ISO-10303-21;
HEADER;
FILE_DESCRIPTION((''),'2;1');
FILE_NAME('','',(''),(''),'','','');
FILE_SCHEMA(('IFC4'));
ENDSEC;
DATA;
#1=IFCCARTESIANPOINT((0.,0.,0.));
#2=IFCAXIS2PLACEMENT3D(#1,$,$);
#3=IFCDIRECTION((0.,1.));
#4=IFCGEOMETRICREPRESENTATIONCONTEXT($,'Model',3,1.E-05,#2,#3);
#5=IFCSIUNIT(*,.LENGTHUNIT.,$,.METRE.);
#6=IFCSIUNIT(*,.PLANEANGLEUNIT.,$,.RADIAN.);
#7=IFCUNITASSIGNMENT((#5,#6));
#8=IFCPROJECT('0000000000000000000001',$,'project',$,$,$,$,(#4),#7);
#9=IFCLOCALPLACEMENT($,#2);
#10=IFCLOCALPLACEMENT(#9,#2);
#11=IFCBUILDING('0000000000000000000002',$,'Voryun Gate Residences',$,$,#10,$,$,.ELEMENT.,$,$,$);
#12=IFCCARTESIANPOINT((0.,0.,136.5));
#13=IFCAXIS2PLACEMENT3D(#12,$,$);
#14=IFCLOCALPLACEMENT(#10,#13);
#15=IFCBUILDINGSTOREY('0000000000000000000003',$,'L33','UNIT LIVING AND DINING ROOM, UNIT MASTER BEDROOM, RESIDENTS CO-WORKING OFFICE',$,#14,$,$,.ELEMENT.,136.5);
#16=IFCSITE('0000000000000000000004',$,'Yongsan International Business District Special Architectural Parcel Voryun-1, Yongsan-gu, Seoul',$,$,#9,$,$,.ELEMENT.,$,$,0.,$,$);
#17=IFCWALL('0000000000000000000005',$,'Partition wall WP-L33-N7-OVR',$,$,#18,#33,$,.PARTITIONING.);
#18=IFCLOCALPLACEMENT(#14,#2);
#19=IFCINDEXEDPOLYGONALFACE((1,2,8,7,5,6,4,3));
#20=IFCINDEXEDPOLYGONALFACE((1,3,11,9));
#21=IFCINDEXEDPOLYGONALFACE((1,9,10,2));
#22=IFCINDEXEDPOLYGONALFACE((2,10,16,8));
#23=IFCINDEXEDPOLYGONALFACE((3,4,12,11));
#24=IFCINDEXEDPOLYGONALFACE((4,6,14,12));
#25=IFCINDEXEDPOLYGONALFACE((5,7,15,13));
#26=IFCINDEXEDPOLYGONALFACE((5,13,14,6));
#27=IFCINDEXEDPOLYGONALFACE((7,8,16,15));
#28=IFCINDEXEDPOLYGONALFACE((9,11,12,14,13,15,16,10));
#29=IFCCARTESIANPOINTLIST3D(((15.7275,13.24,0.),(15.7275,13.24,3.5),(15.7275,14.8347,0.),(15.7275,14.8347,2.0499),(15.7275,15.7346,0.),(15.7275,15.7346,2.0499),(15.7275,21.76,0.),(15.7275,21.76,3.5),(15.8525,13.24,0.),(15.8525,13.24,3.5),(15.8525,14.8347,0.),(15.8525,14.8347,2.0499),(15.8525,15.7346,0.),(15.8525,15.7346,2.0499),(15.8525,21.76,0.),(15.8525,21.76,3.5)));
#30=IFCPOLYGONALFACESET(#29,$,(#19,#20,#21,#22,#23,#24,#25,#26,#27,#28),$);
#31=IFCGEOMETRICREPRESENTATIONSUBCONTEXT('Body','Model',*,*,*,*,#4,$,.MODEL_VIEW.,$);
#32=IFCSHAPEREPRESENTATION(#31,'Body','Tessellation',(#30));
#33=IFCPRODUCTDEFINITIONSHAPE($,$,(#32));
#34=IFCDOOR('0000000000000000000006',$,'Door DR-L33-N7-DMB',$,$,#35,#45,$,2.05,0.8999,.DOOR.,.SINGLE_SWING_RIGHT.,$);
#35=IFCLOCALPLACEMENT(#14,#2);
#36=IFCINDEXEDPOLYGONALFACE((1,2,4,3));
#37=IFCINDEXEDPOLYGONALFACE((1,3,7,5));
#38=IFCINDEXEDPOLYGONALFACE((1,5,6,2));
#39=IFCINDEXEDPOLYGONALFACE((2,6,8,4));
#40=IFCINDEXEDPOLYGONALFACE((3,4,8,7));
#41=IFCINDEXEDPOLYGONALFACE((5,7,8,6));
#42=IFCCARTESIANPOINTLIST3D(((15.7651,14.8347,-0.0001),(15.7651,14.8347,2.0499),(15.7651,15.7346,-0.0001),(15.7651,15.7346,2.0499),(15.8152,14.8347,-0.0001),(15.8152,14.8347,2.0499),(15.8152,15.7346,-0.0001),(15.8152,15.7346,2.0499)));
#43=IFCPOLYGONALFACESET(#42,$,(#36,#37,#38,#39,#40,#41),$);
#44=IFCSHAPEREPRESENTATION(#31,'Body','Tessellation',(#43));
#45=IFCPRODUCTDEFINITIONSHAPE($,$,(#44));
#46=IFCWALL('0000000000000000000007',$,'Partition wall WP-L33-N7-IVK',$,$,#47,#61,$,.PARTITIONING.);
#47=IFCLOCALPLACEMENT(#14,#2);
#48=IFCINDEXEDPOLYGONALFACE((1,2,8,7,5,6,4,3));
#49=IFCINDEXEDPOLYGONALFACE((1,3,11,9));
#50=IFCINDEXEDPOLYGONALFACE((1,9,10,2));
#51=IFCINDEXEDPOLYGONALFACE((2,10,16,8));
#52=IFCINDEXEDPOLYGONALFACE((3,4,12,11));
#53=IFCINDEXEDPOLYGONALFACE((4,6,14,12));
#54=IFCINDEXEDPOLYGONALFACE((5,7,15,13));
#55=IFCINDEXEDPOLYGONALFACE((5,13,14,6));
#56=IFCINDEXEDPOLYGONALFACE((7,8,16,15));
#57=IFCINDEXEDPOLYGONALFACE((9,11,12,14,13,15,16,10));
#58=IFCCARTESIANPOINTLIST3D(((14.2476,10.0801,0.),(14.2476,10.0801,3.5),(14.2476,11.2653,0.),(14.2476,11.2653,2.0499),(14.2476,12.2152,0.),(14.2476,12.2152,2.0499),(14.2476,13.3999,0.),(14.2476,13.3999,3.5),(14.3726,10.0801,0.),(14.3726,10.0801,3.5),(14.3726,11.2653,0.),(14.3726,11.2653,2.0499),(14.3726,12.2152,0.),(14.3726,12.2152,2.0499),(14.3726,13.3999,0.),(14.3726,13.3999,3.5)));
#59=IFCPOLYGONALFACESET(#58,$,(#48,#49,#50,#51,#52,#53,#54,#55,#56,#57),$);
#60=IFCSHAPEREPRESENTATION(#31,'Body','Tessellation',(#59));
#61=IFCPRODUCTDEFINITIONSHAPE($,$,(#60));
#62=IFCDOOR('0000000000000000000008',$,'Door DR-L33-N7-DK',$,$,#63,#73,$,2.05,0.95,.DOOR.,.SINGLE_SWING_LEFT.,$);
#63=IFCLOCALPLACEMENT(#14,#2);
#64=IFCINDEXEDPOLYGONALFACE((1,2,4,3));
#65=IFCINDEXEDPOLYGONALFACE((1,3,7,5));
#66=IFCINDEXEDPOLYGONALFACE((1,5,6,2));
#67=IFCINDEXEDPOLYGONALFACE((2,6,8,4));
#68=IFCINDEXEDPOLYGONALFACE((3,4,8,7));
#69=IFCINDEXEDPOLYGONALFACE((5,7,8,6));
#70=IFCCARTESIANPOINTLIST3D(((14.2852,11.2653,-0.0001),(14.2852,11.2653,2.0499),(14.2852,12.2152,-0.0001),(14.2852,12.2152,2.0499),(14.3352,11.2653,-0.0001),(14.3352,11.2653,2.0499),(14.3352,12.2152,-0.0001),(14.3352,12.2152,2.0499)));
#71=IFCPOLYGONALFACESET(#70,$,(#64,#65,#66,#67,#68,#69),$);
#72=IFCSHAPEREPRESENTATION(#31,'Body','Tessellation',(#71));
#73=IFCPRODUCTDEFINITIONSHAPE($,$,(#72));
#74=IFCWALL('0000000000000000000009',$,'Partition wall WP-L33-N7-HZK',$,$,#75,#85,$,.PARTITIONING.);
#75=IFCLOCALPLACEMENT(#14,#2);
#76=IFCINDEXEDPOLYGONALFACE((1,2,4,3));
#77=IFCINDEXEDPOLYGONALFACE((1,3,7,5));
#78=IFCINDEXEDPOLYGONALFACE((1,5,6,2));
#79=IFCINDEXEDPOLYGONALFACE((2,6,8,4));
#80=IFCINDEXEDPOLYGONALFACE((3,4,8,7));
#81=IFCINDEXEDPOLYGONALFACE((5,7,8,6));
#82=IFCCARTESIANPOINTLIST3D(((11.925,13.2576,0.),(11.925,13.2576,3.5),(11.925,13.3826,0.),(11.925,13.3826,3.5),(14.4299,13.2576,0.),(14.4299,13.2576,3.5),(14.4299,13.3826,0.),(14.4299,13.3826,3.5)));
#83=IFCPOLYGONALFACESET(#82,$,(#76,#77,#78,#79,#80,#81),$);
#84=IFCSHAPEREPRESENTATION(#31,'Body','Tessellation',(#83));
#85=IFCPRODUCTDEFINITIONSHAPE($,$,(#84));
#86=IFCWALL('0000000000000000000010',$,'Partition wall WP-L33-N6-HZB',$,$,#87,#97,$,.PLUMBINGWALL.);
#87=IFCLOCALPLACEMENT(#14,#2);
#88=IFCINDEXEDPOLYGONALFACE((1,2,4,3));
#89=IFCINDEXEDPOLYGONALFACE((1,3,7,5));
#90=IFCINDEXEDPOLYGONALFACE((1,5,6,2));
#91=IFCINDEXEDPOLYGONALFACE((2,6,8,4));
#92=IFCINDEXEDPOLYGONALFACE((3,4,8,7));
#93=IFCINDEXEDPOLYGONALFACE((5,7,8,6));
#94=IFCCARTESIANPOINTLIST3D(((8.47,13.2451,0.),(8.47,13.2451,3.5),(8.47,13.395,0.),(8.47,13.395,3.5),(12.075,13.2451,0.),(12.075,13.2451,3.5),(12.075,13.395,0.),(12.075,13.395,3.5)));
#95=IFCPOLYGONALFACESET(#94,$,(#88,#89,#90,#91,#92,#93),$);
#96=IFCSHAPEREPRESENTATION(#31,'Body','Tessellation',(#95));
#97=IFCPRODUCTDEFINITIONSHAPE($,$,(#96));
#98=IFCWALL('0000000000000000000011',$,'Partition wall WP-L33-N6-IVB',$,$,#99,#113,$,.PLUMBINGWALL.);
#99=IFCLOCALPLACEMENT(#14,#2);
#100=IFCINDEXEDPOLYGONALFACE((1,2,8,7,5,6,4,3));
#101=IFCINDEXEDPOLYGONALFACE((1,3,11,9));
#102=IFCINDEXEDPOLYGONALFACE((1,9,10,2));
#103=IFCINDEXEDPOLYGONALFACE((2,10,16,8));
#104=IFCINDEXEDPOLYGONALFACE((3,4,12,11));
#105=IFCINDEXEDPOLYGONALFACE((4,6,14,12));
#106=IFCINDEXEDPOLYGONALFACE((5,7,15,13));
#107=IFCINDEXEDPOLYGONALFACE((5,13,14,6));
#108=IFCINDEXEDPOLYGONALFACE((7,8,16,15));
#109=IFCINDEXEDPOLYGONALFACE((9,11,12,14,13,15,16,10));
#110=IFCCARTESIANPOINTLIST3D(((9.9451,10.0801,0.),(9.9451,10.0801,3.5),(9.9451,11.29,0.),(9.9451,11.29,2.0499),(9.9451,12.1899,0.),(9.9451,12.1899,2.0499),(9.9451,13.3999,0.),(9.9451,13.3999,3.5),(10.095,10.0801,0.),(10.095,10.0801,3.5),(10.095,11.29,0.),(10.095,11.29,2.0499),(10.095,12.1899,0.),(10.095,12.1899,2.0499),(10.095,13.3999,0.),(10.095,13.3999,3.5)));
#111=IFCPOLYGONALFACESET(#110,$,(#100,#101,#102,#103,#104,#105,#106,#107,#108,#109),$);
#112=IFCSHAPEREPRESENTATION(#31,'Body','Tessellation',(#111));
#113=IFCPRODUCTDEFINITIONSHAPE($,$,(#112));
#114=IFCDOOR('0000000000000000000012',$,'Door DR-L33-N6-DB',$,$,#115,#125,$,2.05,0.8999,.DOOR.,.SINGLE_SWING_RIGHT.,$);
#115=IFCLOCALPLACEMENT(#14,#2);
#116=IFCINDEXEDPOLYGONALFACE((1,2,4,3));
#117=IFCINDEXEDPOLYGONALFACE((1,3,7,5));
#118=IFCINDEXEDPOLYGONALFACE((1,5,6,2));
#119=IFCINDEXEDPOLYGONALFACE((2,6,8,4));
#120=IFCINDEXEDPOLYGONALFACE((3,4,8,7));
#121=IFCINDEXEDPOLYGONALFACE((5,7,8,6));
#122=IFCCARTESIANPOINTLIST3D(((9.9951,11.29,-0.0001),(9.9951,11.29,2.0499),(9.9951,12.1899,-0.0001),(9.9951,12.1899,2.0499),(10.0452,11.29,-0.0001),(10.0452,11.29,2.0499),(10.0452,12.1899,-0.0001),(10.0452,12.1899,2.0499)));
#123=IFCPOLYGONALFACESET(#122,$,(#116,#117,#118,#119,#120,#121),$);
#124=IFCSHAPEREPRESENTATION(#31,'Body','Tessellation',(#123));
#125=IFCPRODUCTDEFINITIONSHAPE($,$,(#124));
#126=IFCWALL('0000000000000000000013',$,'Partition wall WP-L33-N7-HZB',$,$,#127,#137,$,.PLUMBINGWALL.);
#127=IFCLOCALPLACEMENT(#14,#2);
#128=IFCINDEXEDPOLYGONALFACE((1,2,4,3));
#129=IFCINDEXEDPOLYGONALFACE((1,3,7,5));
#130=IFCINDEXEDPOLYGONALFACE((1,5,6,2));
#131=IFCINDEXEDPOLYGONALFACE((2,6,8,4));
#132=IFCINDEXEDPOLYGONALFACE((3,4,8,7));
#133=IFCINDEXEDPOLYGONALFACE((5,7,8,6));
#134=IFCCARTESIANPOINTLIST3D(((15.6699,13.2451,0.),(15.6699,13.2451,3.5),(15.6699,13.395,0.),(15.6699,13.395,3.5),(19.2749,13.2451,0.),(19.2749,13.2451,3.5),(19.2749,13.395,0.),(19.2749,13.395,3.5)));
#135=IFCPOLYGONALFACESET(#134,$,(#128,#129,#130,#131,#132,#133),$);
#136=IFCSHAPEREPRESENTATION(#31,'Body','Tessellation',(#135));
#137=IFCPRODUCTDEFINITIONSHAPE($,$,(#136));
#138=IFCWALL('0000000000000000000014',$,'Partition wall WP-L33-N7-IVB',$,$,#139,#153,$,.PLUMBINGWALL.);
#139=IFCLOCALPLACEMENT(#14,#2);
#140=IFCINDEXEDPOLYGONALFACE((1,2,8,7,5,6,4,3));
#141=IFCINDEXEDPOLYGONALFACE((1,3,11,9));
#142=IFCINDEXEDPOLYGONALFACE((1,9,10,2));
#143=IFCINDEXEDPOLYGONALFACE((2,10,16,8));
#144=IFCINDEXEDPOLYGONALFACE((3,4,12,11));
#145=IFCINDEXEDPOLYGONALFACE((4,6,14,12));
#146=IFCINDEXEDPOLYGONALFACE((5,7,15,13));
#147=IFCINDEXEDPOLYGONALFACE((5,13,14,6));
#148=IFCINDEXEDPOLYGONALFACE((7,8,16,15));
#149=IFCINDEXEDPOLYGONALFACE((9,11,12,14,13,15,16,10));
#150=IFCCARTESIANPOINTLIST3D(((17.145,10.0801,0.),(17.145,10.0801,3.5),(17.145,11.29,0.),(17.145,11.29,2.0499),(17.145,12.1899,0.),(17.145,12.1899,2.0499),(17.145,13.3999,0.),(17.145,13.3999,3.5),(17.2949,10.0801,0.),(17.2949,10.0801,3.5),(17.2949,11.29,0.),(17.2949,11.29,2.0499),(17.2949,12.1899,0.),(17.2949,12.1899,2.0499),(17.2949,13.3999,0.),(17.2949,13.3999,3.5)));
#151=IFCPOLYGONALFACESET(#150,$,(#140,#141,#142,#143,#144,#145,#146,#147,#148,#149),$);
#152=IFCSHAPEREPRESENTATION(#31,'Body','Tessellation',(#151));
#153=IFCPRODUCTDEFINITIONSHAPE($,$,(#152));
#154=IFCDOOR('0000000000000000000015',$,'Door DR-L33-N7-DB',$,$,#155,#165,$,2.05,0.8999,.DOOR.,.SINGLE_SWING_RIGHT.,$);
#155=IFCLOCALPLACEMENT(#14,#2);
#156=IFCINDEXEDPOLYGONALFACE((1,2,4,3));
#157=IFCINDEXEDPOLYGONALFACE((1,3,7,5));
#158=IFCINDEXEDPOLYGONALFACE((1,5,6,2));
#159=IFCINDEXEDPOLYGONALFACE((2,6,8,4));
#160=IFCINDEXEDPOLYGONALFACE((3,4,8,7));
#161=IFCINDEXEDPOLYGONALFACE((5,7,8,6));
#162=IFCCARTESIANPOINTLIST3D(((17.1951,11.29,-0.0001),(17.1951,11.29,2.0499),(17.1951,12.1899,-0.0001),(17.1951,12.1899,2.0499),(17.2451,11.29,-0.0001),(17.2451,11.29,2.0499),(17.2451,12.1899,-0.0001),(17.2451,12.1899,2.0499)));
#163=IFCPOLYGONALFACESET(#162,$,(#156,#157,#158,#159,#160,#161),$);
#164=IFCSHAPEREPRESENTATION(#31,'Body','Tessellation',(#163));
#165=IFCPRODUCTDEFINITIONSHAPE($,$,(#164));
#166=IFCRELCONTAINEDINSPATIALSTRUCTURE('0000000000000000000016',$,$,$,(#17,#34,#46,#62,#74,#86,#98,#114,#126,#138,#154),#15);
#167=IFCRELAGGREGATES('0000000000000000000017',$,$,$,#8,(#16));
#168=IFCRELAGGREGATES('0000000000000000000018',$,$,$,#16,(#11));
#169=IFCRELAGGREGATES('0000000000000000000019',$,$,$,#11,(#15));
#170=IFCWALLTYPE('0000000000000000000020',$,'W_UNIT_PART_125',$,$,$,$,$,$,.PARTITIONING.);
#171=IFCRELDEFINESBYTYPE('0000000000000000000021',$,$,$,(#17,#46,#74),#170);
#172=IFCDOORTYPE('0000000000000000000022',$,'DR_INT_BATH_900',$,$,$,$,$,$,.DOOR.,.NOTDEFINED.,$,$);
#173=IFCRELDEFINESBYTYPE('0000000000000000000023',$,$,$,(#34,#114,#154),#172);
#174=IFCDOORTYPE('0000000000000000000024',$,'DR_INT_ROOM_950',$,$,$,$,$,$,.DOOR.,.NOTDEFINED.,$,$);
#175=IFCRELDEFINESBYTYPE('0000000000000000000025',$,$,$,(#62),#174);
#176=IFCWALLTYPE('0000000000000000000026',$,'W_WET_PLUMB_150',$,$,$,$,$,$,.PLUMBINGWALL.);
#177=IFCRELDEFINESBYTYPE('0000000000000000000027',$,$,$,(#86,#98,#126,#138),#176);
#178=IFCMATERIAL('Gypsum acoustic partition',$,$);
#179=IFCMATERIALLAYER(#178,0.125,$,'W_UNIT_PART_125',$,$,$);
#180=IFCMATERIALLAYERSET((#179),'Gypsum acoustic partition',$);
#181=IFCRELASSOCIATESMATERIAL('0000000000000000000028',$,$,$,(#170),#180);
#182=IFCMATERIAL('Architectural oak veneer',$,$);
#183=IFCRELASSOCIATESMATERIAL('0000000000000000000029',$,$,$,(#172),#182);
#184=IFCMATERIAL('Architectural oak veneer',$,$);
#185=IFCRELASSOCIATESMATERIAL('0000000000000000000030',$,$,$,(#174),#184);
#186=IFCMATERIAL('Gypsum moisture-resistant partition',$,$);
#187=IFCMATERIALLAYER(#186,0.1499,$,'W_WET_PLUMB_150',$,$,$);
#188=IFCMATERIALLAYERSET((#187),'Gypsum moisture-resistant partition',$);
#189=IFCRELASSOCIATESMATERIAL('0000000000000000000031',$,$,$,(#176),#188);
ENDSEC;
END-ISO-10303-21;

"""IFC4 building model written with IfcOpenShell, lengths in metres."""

from ifc_helpers import new_model, si_unit, direction, frame, frame_2d, origin, place, context, subcontext, project, spatial, rectangle, extrude, material, layer, layer_set, type_object, element, fill, save


model = new_model("IFC4")

# Units and contexts
model_context = context("Model", 3, precision=1e-05, world=origin(), true_north=direction((0.0, 1.0)))
body_context = subcontext(model_context, "Body", "Model", "MODEL_VIEW")
ifc_project = project(units=[si_unit("LENGTHUNIT", "METRE"), si_unit("PLANEANGLEUNIT", "RADIAN")], contexts=[model_context])

# Site, building, storey
site_placement = place(None, origin())
site = spatial("IfcSite", under=ifc_project, at=site_placement, Name="Yongsan International Business District Special Architectural Parcel Voryun-1, Yongsan-gu, Seoul", CompositionType="ELEMENT", RefElevation=0.0)
building_placement = place(site_placement, origin())
building = spatial("IfcBuilding", under=site, at=building_placement, Name="Voryun Gate Residences", CompositionType="ELEMENT")
storey_placement = place(building_placement, frame((0.0, 0.0, 136.5)))
storey = spatial("IfcBuildingStorey", under=building, at=storey_placement, Name="L33", Description="UNIT LIVING AND DINING ROOM, UNIT MASTER BEDROOM, RESIDENTS CO-WORKING OFFICE", CompositionType="ELEMENT", Elevation=136.5)

# Walls, openings, doors
ifc_material_1 = material(Name="Gypsum acoustic partition")
ifc_layer_1 = layer(ifc_material_1, 0.125, Name="W_UNIT_PART_125")
ifc_layer_set_1 = layer_set([ifc_layer_1], Name="Gypsum acoustic partition")
wall_type_1 = type_object("IfcWallType", Name="W_UNIT_PART_125", PredefinedType="PARTITIONING", material=ifc_layer_set_1)
ifc_material_2 = material(Name="Architectural oak veneer")
door_type_1 = type_object("IfcDoorType", Name="DR_INT_BATH_900", OperationType="NOTDEFINED", PredefinedType="DOOR", material=ifc_material_2)
wall_1_placement = place(storey_placement, frame((15.79, 13.24, 0.0), z_axis=(0.0, 0.0, 1.0), x_axis=(0.0, 1.0, 0.0)))
wall_1 = element("IfcWall", 1, at=wall_1_placement, inside=storey, type_object=wall_type_1, Name="Partition wall WP-L33-N7-OVR", PredefinedType="PARTITIONING", context=body_context, shape_type="SweptSolid", body=[
    extrude(rectangle(XDim=8.52, YDim=0.125, at=frame_2d((4.26, 0.0))), origin(), (0.0, 0.0, 1.0), 3.5),
])
opening_1_placement = place(wall_1_placement, frame((1.5947, 0.0, 0.0)))
opening_1 = element("IfcOpeningElement", 2, at=opening_1_placement, cuts=wall_1, PredefinedType="OPENING", context=body_context, shape_type="SweptSolid", body=[
    extrude(rectangle(XDim=0.8999, YDim=2.05, at=frame_2d((0.45, 1.0249))), frame((0.0, 0.0725, 0.0), z_axis=(0.0, -1.0, 0.0), x_axis=(1.0, 0.0, 0.0)), (0.0, 0.0, 1.0), 0.145),
])
door_1_placement = place(opening_1_placement, origin())
door_1 = element("IfcDoor", 3, at=door_1_placement, inside=storey, type_object=door_type_1, Name="Door DR-L33-N7-DMB", OperationType="SINGLE_SWING_RIGHT", OverallHeight=2.05, OverallWidth=0.8999, PredefinedType="DOOR", context=body_context, shape_type="SweptSolid", body=[
    extrude(rectangle(XDim=0.8999, YDim=2.05, at=frame_2d((0.45, 1.0249))), frame((0.0, 0.0249, 0.0), z_axis=(0.0, -1.0, 0.0), x_axis=(1.0, 0.0, 0.0)), (0.0, 0.0, 1.0), 0.05),
])
fill(opening_1, door_1)
wall_2_placement = place(storey_placement, frame((14.3101, 10.0801, 0.0), z_axis=(0.0, 0.0, 1.0), x_axis=(0.0, 1.0, 0.0)))
wall_2 = element("IfcWall", 4, at=wall_2_placement, inside=storey, type_object=wall_type_1, Name="Partition wall WP-L33-N7-IVK", PredefinedType="PARTITIONING", context=body_context, shape_type="SweptSolid", body=[
    extrude(rectangle(XDim=3.3198, YDim=0.125, at=frame_2d((1.6599, 0.0))), origin(), (0.0, 0.0, 1.0), 3.5),
])
opening_2_placement = place(wall_2_placement, frame((1.1851, 0.0, 0.0)))
opening_2 = element("IfcOpeningElement", 5, at=opening_2_placement, cuts=wall_2, PredefinedType="OPENING", context=body_context, shape_type="SweptSolid", body=[
    extrude(rectangle(XDim=0.95, YDim=2.05, at=frame_2d((0.4751, 1.0249))), frame((0.0, 0.0725, 0.0), z_axis=(0.0, -1.0, 0.0), x_axis=(1.0, 0.0, 0.0)), (0.0, 0.0, 1.0), 0.145),
])
ifc_material_3 = material(Name="Architectural oak veneer")
door_type_2 = type_object("IfcDoorType", Name="DR_INT_ROOM_950", OperationType="NOTDEFINED", PredefinedType="DOOR", material=ifc_material_3)
door_2_placement = place(opening_2_placement, origin())
door_2 = element("IfcDoor", 6, at=door_2_placement, inside=storey, type_object=door_type_2, Name="Door DR-L33-N7-DK", OperationType="SINGLE_SWING_LEFT", OverallHeight=2.05, OverallWidth=0.95, PredefinedType="DOOR", context=body_context, shape_type="SweptSolid", body=[
    extrude(rectangle(XDim=0.95, YDim=2.05, at=frame_2d((0.4751, 1.0249))), frame((0.0, 0.0249, 0.0), z_axis=(0.0, -1.0, 0.0), x_axis=(1.0, 0.0, 0.0)), (0.0, 0.0, 1.0), 0.05),
])
fill(opening_2, door_2)

# Walls
wall_3_placement = place(storey_placement, frame((11.925, 13.3201, 0.0), z_axis=(0.0, 0.0, 1.0), x_axis=(1.0, 0.0, 0.0)))
element("IfcWall", 7, at=wall_3_placement, inside=storey, type_object=wall_type_1, Name="Partition wall WP-L33-N7-HZK", PredefinedType="PARTITIONING", context=body_context, shape_type="SweptSolid", body=[
    extrude(rectangle(XDim=2.5049, YDim=0.125, at=frame_2d((1.2524, 0.0))), origin(), (0.0, 0.0, 1.0), 3.5),
])
ifc_material_4 = material(Name="Gypsum moisture-resistant partition")
ifc_layer_2 = layer(ifc_material_4, 0.1499, Name="W_WET_PLUMB_150")
ifc_layer_set_2 = layer_set([ifc_layer_2], Name="Gypsum moisture-resistant partition")
wall_type_2 = type_object("IfcWallType", Name="W_WET_PLUMB_150", PredefinedType="PLUMBINGWALL", material=ifc_layer_set_2)
wall_4_placement = place(storey_placement, frame((8.47, 13.3201, 0.0), z_axis=(0.0, 0.0, 1.0), x_axis=(1.0, 0.0, 0.0)))
element("IfcWall", 8, at=wall_4_placement, inside=storey, type_object=wall_type_2, Name="Partition wall WP-L33-N6-HZB", PredefinedType="PLUMBINGWALL", context=body_context, shape_type="SweptSolid", body=[
    extrude(rectangle(XDim=3.605, YDim=0.1499, at=frame_2d((1.8025, 0.0))), origin(), (0.0, 0.0, 1.0), 3.5),
])

# Wall, opening, door
wall_5_placement = place(storey_placement, frame((10.02, 10.0801, 0.0), z_axis=(0.0, 0.0, 1.0), x_axis=(0.0, 1.0, 0.0)))
wall_5 = element("IfcWall", 9, at=wall_5_placement, inside=storey, type_object=wall_type_2, Name="Partition wall WP-L33-N6-IVB", PredefinedType="PLUMBINGWALL", context=body_context, shape_type="SweptSolid", body=[
    extrude(rectangle(XDim=3.3198, YDim=0.1499, at=frame_2d((1.6599, 0.0))), origin(), (0.0, 0.0, 1.0), 3.5),
])
opening_3_placement = place(wall_5_placement, frame((1.21, 0.0, 0.0)))
opening_3 = element("IfcOpeningElement", 10, at=opening_3_placement, cuts=wall_5, PredefinedType="OPENING", context=body_context, shape_type="SweptSolid", body=[
    extrude(rectangle(XDim=0.8999, YDim=2.05, at=frame_2d((0.45, 1.0249))), frame((0.0, 0.085, 0.0), z_axis=(0.0, -1.0, 0.0), x_axis=(1.0, 0.0, 0.0)), (0.0, 0.0, 1.0), 0.1699),
])
door_3_placement = place(opening_3_placement, origin())
door_3 = element("IfcDoor", 11, at=door_3_placement, inside=storey, type_object=door_type_1, Name="Door DR-L33-N6-DB", OperationType="SINGLE_SWING_RIGHT", OverallHeight=2.05, OverallWidth=0.8999, PredefinedType="DOOR", context=body_context, shape_type="SweptSolid", body=[
    extrude(rectangle(XDim=0.8999, YDim=2.05, at=frame_2d((0.45, 1.0249))), frame((0.0, 0.0249, 0.0), z_axis=(0.0, -1.0, 0.0), x_axis=(1.0, 0.0, 0.0)), (0.0, 0.0, 1.0), 0.05),
])
fill(opening_3, door_3)

# Wall
wall_6_placement = place(storey_placement, frame((15.6699, 13.3201, 0.0), z_axis=(0.0, 0.0, 1.0), x_axis=(1.0, 0.0, 0.0)))
element("IfcWall", 12, at=wall_6_placement, inside=storey, type_object=wall_type_2, Name="Partition wall WP-L33-N7-HZB", PredefinedType="PLUMBINGWALL", context=body_context, shape_type="SweptSolid", body=[
    extrude(rectangle(XDim=3.605, YDim=0.1499, at=frame_2d((1.8025, 0.0))), origin(), (0.0, 0.0, 1.0), 3.5),
])

# Wall, opening, door
wall_7_placement = place(storey_placement, frame((17.22, 10.0801, 0.0), z_axis=(0.0, 0.0, 1.0), x_axis=(0.0, 1.0, 0.0)))
wall_7 = element("IfcWall", 13, at=wall_7_placement, inside=storey, type_object=wall_type_2, Name="Partition wall WP-L33-N7-IVB", PredefinedType="PLUMBINGWALL", context=body_context, shape_type="SweptSolid", body=[
    extrude(rectangle(XDim=3.3198, YDim=0.1499, at=frame_2d((1.6599, 0.0))), origin(), (0.0, 0.0, 1.0), 3.5),
])
opening_4_placement = place(wall_7_placement, frame((1.21, 0.0, 0.0)))
opening_4 = element("IfcOpeningElement", 14, at=opening_4_placement, cuts=wall_7, PredefinedType="OPENING", context=body_context, shape_type="SweptSolid", body=[
    extrude(rectangle(XDim=0.8999, YDim=2.05, at=frame_2d((0.45, 1.0249))), frame((0.0, 0.085, 0.0), z_axis=(0.0, -1.0, 0.0), x_axis=(1.0, 0.0, 0.0)), (0.0, 0.0, 1.0), 0.1699),
])
door_4_placement = place(opening_4_placement, origin())
door_4 = element("IfcDoor", 15, at=door_4_placement, inside=storey, type_object=door_type_1, Name="Door DR-L33-N7-DB", OperationType="SINGLE_SWING_RIGHT", OverallHeight=2.05, OverallWidth=0.8999, PredefinedType="DOOR", context=body_context, shape_type="SweptSolid", body=[
    extrude(rectangle(XDim=0.8999, YDim=2.05, at=frame_2d((0.45, 1.0249))), frame((0.0, 0.0249, 0.0), z_axis=(0.0, -1.0, 0.0), x_axis=(1.0, 0.0, 0.0)), (0.0, 0.0, 1.0), 0.05),
])
fill(opening_4, door_4)

save(model, "model.ifc")
